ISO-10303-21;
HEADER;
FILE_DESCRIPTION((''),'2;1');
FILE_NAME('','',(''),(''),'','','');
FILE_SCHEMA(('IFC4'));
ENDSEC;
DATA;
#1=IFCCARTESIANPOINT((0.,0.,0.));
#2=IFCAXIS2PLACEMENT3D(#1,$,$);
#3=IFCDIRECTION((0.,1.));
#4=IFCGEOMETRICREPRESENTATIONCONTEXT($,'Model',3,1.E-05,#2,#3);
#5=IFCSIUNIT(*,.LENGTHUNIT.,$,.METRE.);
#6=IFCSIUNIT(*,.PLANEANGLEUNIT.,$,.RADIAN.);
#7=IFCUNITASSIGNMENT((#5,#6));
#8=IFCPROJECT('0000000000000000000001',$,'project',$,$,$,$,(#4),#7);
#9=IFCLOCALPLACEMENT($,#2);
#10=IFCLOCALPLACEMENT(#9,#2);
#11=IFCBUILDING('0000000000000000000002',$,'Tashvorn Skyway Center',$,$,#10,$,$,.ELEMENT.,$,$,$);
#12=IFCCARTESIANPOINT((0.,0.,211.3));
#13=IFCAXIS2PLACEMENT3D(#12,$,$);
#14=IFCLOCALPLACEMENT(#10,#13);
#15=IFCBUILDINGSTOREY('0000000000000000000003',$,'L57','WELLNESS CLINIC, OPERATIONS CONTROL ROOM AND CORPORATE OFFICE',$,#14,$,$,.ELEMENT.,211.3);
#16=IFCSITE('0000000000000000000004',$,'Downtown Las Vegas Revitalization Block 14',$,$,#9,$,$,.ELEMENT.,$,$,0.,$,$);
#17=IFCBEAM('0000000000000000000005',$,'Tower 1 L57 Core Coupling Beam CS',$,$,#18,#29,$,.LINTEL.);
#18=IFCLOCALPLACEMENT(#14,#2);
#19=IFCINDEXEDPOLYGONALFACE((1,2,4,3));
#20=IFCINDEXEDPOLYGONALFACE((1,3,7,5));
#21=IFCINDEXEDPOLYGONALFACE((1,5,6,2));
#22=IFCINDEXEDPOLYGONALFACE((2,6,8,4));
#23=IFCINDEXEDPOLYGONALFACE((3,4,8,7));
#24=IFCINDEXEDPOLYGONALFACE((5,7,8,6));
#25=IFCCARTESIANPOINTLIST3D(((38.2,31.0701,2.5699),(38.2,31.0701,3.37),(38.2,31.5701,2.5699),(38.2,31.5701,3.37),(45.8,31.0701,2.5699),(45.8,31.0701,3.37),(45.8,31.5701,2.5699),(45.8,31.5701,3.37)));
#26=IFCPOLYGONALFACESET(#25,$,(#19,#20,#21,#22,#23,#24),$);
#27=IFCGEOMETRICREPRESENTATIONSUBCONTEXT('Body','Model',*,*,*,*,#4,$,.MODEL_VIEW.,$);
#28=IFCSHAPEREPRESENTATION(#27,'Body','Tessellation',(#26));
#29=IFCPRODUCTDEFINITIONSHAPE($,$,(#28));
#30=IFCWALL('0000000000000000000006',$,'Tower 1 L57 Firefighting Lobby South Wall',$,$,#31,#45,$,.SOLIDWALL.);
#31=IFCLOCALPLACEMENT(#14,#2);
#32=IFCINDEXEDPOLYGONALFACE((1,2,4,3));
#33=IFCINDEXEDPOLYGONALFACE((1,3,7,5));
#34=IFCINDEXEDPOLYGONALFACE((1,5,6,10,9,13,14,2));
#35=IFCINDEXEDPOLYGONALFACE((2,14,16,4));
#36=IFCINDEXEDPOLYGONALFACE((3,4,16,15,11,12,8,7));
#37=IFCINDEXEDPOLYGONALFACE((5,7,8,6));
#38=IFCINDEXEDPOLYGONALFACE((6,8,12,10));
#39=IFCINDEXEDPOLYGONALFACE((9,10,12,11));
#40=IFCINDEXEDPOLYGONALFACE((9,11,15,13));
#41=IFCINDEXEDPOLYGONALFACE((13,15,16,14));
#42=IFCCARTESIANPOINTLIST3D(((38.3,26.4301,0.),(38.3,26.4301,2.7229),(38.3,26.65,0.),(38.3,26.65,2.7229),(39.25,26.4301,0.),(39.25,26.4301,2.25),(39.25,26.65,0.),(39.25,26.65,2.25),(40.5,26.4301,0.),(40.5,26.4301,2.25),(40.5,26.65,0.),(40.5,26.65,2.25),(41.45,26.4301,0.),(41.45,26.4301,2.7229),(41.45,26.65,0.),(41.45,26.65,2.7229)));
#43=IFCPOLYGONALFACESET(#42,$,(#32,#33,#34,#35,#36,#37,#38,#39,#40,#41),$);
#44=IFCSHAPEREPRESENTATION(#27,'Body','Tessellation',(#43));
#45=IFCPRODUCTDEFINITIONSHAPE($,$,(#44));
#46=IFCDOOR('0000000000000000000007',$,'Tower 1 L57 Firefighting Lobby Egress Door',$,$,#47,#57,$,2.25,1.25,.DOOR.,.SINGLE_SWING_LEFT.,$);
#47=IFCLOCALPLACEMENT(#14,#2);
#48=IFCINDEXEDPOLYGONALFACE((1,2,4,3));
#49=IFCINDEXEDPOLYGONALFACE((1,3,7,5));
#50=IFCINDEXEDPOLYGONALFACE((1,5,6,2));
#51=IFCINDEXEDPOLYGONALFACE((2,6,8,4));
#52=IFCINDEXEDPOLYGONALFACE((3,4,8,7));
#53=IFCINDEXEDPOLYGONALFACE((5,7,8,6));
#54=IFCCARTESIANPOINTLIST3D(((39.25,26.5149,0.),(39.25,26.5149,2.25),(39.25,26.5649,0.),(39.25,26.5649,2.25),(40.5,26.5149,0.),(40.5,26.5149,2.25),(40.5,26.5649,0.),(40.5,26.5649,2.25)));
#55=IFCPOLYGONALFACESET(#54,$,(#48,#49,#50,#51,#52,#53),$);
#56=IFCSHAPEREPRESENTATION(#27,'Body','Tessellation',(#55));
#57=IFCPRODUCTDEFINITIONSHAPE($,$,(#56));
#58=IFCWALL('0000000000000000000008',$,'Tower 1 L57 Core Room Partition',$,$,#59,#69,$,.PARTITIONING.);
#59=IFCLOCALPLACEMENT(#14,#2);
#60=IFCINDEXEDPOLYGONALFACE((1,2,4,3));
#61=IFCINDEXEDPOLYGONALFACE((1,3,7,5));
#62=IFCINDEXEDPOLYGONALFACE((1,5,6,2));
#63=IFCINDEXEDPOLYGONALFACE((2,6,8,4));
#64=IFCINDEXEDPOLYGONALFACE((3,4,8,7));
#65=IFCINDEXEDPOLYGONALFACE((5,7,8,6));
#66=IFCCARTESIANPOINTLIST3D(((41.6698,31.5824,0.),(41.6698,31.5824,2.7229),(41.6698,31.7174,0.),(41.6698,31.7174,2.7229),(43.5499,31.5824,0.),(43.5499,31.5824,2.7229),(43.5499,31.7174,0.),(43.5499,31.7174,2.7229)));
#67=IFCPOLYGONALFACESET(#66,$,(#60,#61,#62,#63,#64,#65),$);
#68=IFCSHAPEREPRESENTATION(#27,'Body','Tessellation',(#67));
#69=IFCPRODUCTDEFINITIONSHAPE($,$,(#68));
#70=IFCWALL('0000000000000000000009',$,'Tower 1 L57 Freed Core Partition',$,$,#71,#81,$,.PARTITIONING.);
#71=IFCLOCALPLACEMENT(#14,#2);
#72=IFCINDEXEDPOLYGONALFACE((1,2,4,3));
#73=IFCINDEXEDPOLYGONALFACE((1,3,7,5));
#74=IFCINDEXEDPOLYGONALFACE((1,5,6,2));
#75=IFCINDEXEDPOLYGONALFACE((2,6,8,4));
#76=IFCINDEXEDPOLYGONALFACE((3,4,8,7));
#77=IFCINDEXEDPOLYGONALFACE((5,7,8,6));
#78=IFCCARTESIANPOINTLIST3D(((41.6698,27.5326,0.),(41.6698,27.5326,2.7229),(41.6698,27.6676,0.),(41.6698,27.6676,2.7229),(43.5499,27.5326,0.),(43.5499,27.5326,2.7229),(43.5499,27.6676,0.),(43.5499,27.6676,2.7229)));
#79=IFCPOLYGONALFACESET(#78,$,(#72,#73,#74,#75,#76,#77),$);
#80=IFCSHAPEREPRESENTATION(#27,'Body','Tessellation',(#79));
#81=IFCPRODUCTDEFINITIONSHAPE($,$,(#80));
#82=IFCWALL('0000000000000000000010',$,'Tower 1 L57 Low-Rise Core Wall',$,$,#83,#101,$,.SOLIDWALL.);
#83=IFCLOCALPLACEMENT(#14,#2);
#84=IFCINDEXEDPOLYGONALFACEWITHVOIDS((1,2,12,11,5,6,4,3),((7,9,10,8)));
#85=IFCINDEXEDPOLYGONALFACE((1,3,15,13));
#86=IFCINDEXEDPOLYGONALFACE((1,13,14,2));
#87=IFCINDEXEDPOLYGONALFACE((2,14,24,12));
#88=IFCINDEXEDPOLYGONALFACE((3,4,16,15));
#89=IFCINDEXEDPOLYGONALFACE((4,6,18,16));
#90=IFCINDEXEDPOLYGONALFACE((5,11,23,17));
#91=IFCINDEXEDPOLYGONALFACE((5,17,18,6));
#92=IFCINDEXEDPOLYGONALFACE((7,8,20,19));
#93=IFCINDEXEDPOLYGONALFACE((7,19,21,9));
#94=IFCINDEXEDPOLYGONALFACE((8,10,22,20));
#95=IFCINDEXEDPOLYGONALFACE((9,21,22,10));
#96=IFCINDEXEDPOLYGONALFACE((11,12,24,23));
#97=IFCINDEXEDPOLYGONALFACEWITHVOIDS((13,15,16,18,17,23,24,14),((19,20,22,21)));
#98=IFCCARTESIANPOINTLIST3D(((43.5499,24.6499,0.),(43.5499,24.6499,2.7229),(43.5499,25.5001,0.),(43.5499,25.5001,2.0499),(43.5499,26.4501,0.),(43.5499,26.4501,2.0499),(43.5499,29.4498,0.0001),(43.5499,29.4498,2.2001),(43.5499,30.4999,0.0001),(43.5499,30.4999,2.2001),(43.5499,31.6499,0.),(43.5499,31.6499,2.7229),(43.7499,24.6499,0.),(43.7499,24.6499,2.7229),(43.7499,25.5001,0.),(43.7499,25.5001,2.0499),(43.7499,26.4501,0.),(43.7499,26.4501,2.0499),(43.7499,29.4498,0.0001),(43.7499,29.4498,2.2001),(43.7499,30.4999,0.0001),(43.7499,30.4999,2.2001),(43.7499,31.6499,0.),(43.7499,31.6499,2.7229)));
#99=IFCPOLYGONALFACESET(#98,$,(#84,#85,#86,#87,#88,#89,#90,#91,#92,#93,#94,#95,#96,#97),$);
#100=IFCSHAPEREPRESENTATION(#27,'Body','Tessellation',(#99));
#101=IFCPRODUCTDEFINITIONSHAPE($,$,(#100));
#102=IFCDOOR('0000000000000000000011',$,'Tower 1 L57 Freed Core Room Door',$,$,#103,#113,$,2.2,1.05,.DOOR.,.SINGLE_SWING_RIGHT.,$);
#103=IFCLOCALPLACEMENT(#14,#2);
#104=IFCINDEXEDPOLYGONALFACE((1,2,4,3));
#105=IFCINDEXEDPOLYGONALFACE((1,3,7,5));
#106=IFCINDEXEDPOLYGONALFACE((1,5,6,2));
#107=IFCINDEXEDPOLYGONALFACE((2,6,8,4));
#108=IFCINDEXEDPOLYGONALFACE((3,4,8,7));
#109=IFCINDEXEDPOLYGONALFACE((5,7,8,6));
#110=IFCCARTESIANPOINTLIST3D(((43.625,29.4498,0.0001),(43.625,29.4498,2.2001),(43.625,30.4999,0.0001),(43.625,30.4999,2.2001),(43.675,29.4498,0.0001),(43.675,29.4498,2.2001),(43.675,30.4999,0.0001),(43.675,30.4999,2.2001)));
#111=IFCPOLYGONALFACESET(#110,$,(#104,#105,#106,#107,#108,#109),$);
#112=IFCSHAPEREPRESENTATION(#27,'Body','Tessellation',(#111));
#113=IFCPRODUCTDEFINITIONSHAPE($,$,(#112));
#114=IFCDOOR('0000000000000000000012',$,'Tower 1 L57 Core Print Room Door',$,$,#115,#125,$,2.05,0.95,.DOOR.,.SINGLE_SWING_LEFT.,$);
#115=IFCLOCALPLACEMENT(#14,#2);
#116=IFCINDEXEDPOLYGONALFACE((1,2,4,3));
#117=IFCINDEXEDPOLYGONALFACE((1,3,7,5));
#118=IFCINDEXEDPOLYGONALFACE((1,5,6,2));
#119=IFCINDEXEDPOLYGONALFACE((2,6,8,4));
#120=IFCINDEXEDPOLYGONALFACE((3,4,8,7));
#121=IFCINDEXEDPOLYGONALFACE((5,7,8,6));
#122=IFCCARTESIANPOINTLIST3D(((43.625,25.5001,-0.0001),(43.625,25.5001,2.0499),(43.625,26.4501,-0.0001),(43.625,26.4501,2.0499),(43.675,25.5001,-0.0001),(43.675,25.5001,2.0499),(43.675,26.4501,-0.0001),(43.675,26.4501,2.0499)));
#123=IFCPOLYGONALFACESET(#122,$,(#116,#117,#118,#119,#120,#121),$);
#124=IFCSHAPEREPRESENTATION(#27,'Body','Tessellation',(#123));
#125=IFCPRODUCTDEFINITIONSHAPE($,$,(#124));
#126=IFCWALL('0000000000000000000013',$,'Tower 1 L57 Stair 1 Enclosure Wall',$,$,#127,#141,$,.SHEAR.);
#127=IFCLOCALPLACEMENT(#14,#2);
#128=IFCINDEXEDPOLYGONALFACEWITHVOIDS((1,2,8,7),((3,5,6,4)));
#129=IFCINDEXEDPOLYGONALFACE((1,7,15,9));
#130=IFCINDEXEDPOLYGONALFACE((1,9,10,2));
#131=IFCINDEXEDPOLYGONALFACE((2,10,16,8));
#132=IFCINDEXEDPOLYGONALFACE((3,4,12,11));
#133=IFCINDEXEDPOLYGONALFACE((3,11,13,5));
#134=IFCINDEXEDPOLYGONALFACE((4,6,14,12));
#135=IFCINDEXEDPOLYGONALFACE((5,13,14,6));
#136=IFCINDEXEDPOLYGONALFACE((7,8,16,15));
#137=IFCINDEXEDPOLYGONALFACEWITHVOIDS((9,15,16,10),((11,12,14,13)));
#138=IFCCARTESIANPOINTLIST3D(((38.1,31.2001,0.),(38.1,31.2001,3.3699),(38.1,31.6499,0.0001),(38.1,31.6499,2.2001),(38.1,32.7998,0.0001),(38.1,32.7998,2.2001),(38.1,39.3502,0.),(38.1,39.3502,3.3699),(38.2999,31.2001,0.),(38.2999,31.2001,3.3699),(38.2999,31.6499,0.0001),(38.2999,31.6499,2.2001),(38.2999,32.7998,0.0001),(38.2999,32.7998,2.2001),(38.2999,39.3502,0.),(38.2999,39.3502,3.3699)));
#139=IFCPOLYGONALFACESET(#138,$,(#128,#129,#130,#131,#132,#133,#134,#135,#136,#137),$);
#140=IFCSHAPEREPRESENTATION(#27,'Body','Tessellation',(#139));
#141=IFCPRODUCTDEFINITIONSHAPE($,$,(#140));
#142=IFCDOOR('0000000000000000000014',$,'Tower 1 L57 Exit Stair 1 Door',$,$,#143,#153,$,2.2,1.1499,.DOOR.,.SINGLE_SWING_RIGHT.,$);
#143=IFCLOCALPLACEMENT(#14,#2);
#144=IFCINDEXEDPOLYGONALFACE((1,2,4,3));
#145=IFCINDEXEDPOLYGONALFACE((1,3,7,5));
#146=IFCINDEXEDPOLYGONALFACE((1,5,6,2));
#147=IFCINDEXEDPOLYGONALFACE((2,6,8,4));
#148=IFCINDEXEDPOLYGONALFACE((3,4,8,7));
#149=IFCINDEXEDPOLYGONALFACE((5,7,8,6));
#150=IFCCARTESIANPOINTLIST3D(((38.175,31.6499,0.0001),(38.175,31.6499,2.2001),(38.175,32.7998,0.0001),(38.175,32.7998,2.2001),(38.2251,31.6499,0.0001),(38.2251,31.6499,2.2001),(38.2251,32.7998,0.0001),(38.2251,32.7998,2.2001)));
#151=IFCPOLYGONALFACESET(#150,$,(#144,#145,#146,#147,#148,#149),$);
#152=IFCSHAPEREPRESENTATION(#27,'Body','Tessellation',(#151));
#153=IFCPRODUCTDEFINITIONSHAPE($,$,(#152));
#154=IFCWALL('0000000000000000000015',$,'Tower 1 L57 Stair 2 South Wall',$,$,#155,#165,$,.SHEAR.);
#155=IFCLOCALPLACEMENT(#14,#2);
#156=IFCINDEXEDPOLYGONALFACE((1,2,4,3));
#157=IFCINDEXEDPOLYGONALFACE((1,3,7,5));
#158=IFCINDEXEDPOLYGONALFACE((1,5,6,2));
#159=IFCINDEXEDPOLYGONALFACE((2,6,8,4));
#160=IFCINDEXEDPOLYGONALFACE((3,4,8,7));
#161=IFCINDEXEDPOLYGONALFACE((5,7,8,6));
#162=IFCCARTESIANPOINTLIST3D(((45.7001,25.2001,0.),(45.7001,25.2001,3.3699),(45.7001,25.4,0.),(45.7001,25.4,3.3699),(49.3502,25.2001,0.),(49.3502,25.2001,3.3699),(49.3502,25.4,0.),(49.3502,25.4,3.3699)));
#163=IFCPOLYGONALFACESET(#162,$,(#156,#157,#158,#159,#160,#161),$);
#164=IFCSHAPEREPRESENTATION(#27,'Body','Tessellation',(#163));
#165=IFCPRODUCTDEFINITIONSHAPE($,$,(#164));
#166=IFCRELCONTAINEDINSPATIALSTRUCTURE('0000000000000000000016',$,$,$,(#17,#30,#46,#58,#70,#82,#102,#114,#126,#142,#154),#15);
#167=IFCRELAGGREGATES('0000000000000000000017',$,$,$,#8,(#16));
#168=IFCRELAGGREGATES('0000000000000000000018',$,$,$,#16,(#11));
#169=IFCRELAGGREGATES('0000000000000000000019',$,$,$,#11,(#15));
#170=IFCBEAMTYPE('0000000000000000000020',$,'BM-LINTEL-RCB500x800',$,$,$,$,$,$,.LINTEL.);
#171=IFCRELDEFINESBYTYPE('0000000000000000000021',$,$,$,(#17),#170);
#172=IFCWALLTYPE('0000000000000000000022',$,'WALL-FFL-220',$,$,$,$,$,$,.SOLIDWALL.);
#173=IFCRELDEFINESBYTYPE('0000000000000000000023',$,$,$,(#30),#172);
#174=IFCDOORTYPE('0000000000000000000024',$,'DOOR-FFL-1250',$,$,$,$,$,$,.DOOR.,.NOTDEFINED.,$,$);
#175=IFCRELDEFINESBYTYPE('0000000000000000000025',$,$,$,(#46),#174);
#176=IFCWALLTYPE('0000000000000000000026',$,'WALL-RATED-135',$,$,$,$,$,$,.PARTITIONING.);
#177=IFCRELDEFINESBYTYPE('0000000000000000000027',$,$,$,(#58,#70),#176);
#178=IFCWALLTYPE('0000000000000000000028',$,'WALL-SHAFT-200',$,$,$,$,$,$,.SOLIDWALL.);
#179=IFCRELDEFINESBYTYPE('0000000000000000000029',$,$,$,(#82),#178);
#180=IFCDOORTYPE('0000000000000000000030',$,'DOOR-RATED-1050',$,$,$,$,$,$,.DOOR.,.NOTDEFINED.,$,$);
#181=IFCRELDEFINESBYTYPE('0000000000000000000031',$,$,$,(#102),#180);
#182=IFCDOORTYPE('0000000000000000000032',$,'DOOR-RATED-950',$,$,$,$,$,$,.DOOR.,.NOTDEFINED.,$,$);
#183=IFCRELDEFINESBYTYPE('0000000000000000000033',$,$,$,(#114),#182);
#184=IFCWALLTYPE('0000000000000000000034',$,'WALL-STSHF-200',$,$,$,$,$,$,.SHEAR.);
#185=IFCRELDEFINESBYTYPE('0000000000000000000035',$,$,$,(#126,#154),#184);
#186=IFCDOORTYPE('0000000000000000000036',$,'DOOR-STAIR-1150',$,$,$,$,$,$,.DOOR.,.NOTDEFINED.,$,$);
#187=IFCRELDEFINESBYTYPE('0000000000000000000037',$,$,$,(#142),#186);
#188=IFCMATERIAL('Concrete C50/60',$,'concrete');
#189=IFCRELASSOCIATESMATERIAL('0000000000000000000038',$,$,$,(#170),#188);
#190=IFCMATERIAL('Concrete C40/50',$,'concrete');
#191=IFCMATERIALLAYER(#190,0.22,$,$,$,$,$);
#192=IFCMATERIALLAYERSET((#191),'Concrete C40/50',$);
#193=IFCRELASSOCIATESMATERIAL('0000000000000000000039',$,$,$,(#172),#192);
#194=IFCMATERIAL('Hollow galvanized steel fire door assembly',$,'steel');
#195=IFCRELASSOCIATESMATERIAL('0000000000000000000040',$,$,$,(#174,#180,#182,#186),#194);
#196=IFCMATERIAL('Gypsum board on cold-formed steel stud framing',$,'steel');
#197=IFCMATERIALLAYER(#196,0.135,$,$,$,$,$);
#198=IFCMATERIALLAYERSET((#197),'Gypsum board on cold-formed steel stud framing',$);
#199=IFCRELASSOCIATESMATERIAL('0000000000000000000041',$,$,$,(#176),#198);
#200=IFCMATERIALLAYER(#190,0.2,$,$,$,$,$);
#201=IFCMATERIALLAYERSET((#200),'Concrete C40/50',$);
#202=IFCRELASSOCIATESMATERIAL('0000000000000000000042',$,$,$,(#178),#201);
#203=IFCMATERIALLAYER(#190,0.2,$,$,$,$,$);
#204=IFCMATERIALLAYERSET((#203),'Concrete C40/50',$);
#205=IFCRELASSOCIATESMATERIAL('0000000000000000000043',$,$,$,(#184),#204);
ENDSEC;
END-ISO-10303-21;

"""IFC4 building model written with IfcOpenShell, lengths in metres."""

from ifc_helpers import new_model, si_unit, direction, frame, frame_2d, origin, origin_2d, place, context, subcontext, project, spatial, rectangle, extrude, material, layer, layer_set, material_profile, profile_set, type_object, element, fill, save


model = new_model("IFC4")

# Units and contexts
model_context = context("Model", 3, precision=1e-05, world=origin(), true_north=direction((0.0, 1.0)))
body_context = subcontext(model_context, "Body", "Model", "MODEL_VIEW")
ifc_project = project(units=[si_unit("LENGTHUNIT", "METRE"), si_unit("PLANEANGLEUNIT", "RADIAN")], contexts=[model_context])

# Site, building, storey
site_placement = place(None, origin())
site = spatial("IfcSite", under=ifc_project, at=site_placement, Name="Downtown Las Vegas Revitalization Block 14", CompositionType="ELEMENT", RefElevation=0.0)
building_placement = place(site_placement, origin())
building = spatial("IfcBuilding", under=site, at=building_placement, Name="Tashvorn Skyway Center", CompositionType="ELEMENT")
storey_placement = place(building_placement, frame((0.0, 0.0, 211.3)))
storey = spatial("IfcBuildingStorey", under=building, at=storey_placement, Name="L57", Description="WELLNESS CLINIC, OPERATIONS CONTROL ROOM AND CORPORATE OFFICE", CompositionType="ELEMENT", Elevation=211.3)

# Beam
ifc_material_1 = material(Name="Concrete C50/60", Category="concrete")
ifc_material_profile = material_profile(ifc_material_1, rectangle(XDim=0.5, YDim=0.8, at=origin_2d()), Name="RCB500x800")
ifc_profile_set = profile_set([ifc_material_profile], Name="Concrete C50/60")
beam_type = type_object("IfcBeamType", Name="BM-LINTEL-RCB500x800", PredefinedType="LINTEL", material=ifc_profile_set)
beam_placement = place(storey_placement, frame((38.2, 31.3201, 2.97), z_axis=(1.0, 0.0, 0.0), x_axis=(0.0, 1.0, 0.0)))
element("IfcBeam", 1, at=beam_placement, inside=storey, type_object=beam_type, Name="Tower 1 L57 Core Coupling Beam CS", PredefinedType="LINTEL", context=body_context, shape_type="SweptSolid", body=[
    extrude(rectangle(XDim=0.5, YDim=0.8, at=origin_2d()), origin(), (0.0, 0.0, 1.0), 7.6001),
])

# Wall, opening, door
ifc_material_2 = material(Name="Concrete C40/50", Category="concrete")
ifc_layer_1 = layer(ifc_material_2, 0.22)
ifc_layer_set_1 = layer_set([ifc_layer_1], Name="Concrete C40/50")
wall_type_1 = type_object("IfcWallType", Name="WALL-FFL-220", PredefinedType="SOLIDWALL", material=ifc_layer_set_1)
wall_1_placement = place(storey_placement, frame((38.3, 26.54, 0.0), z_axis=(0.0, 0.0, 1.0), x_axis=(1.0, 0.0, 0.0)))
wall_1 = element("IfcWall", 2, at=wall_1_placement, inside=storey, type_object=wall_type_1, Name="Tower 1 L57 Firefighting Lobby South Wall", PredefinedType="SOLIDWALL", context=body_context, shape_type="SweptSolid", body=[
    extrude(rectangle(XDim=3.1499, YDim=0.22, at=frame_2d((1.575, 0.0))), origin(), (0.0, 0.0, 1.0), 2.7229),
])
opening_1_placement = place(wall_1_placement, frame((0.95, 0.0, 0.0)))
opening_1 = element("IfcOpeningElement", 3, at=opening_1_placement, cuts=wall_1, PredefinedType="OPENING", context=body_context, shape_type="SweptSolid", body=[
    extrude(rectangle(XDim=1.25, YDim=2.25, at=frame_2d((0.625, 1.125))), frame((0.0, 0.1199, 0.0), z_axis=(0.0, -1.0, 0.0), x_axis=(1.0, 0.0, 0.0)), (0.0, 0.0, 1.0), 0.24),
])
ifc_material_3 = material(Name="Hollow galvanized steel fire door assembly", Category="steel")
door_type_1 = type_object("IfcDoorType", Name="DOOR-FFL-1250", OperationType="NOTDEFINED", PredefinedType="DOOR", material=ifc_material_3)
door_1_placement = place(opening_1_placement, origin())
door_1 = element("IfcDoor", 4, at=door_1_placement, inside=storey, type_object=door_type_1, Name="Tower 1 L57 Firefighting Lobby Egress Door", OperationType="SINGLE_SWING_LEFT", OverallHeight=2.25, OverallWidth=1.25, PredefinedType="DOOR", context=body_context, shape_type="SweptSolid", body=[
    extrude(rectangle(XDim=1.25, YDim=2.25, at=frame_2d((0.625, 1.125))), frame((0.0, 0.0249, 0.0), z_axis=(0.0, -1.0, 0.0), x_axis=(1.0, 0.0, 0.0)), (0.0, 0.0, 1.0), 0.05),
])
fill(opening_1, door_1)

# Walls
ifc_material_4 = material(Name="Gypsum board on cold-formed steel stud framing", Category="steel")
ifc_layer_2 = layer(ifc_material_4, 0.135)
ifc_layer_set_2 = layer_set([ifc_layer_2], Name="Gypsum board on cold-formed steel stud framing")
wall_type_2 = type_object("IfcWallType", Name="WALL-RATED-135", PredefinedType="PARTITIONING", material=ifc_layer_set_2)
for number, where, z_axis, x_axis, name in (
    (5, (41.6699, 31.6499, 0.0), (0.0, 0.0, 1.0), (1.0, 0.0, 0.0), "Tower 1 L57 Core Room Partition"),
    (6, (41.6699, 27.6001, 0.0), (0.0, 0.0, 1.0), (1.0, 0.0, 0.0), "Tower 1 L57 Freed Core Partition"),
):
    element("IfcWall", number, at=place(storey_placement, frame(where, z_axis=z_axis, x_axis=x_axis)), inside=storey, type_object=wall_type_2, Name=name, PredefinedType="PARTITIONING", context=body_context, shape_type="SweptSolid", body=[
        extrude(rectangle(XDim=1.8801, YDim=0.135, at=frame_2d((0.9399, 0.0))), origin(), (0.0, 0.0, 1.0), 2.7229),
    ])

# Wall, openings, doors
ifc_layer_3 = layer(ifc_material_2, 0.2)
ifc_layer_set_3 = layer_set([ifc_layer_3], Name="Concrete C40/50")
wall_type_3 = type_object("IfcWallType", Name="WALL-SHAFT-200", PredefinedType="SOLIDWALL", material=ifc_layer_set_3)
wall_2_placement = place(storey_placement, frame((43.6499, 24.6499, 0.0), z_axis=(0.0, 0.0, 1.0), x_axis=(0.0, 1.0, 0.0)))
wall_2 = element("IfcWall", 7, at=wall_2_placement, inside=storey, type_object=wall_type_3, Name="Tower 1 L57 Low-Rise Core Wall", PredefinedType="SOLIDWALL", context=body_context, shape_type="SweptSolid", body=[
    extrude(rectangle(XDim=7.0, YDim=0.2, at=frame_2d((3.5, 0.0))), origin(), (0.0, 0.0, 1.0), 2.7229),
])
opening_2_placement = place(wall_2_placement, frame((0.8501, 0.0, 0.0)))
opening_2 = element("IfcOpeningElement", 8, at=opening_2_placement, cuts=wall_2, PredefinedType="OPENING", context=body_context, shape_type="SweptSolid", body=[
    extrude(rectangle(XDim=0.95, YDim=2.05, at=frame_2d((0.4751, 1.0249))), frame((0.0, 0.1099, 0.0), z_axis=(0.0, -1.0, 0.0), x_axis=(1.0, 0.0, 0.0)), (0.0, 0.0, 1.0), 0.22),
])
opening_3_placement = place(wall_2_placement, frame((4.8, 0.0, 0.0)))
opening_3 = element("IfcOpeningElement", 9, at=opening_3_placement, cuts=wall_2, PredefinedType="OPENING", context=body_context, shape_type="SweptSolid", body=[
    extrude(rectangle(XDim=1.05, YDim=2.2, at=frame_2d((0.5249, 1.1001))), frame((0.0, 0.1099, 0.0), z_axis=(0.0, -1.0, 0.0), x_axis=(1.0, 0.0, 0.0)), (0.0, 0.0, 1.0), 0.22),
])
door_type_2 = type_object("IfcDoorType", Name="DOOR-RATED-1050", OperationType="NOTDEFINED", PredefinedType="DOOR", material=ifc_material_3)
door_2_placement = place(opening_3_placement, origin())
door_2 = element("IfcDoor", 10, at=door_2_placement, inside=storey, type_object=door_type_2, Name="Tower 1 L57 Freed Core Room Door", OperationType="SINGLE_SWING_RIGHT", OverallHeight=2.2, OverallWidth=1.05, PredefinedType="DOOR", context=body_context, shape_type="SweptSolid", body=[
    extrude(rectangle(XDim=1.05, YDim=2.2, at=frame_2d((0.5249, 1.1001))), frame((0.0, 0.0249, 0.0), z_axis=(0.0, -1.0, 0.0), x_axis=(1.0, 0.0, 0.0)), (0.0, 0.0, 1.0), 0.05),
])
fill(opening_3, door_2)
door_type_3 = type_object("IfcDoorType", Name="DOOR-RATED-950", OperationType="NOTDEFINED", PredefinedType="DOOR", material=ifc_material_3)
door_3_placement = place(opening_2_placement, origin())
door_3 = element("IfcDoor", 11, at=door_3_placement, inside=storey, type_object=door_type_3, Name="Tower 1 L57 Core Print Room Door", OperationType="SINGLE_SWING_LEFT", OverallHeight=2.05, OverallWidth=0.95, PredefinedType="DOOR", context=body_context, shape_type="SweptSolid", body=[
    extrude(rectangle(XDim=0.95, YDim=2.05, at=frame_2d((0.4751, 1.0249))), frame((0.0, 0.0249, 0.0), z_axis=(0.0, -1.0, 0.0), x_axis=(1.0, 0.0, 0.0)), (0.0, 0.0, 1.0), 0.05),
])
fill(opening_2, door_3)

# Wall, opening, door
ifc_layer_4 = layer(ifc_material_2, 0.2)
ifc_layer_set_4 = layer_set([ifc_layer_4], Name="Concrete C40/50")
wall_type_4 = type_object("IfcWallType", Name="WALL-STSHF-200", PredefinedType="SHEAR", material=ifc_layer_set_4)
wall_3_placement = place(storey_placement, frame((38.2, 31.2, 0.0), z_axis=(0.0, 0.0, 1.0), x_axis=(0.0, 1.0, 0.0)))
wall_3 = element("IfcWall", 12, at=wall_3_placement, inside=storey, type_object=wall_type_4, Name="Tower 1 L57 Stair 1 Enclosure Wall", PredefinedType="SHEAR", context=body_context, shape_type="SweptSolid", body=[
    extrude(rectangle(XDim=8.1501, YDim=0.2, at=frame_2d((4.0752, 0.0))), origin(), (0.0, 0.0, 1.0), 3.3699),
])
opening_4_placement = place(wall_3_placement, frame((0.45, 0.0, 0.0)))
opening_4 = element("IfcOpeningElement", 13, at=opening_4_placement, cuts=wall_3, PredefinedType="OPENING", context=body_context, shape_type="SweptSolid", body=[
    extrude(rectangle(XDim=1.1499, YDim=2.2, at=frame_2d((0.575, 1.1001))), frame((0.0, 0.1099, 0.0), z_axis=(0.0, -1.0, 0.0), x_axis=(1.0, 0.0, 0.0)), (0.0, 0.0, 1.0), 0.22),
])
door_type_4 = type_object("IfcDoorType", Name="DOOR-STAIR-1150", OperationType="NOTDEFINED", PredefinedType="DOOR", material=ifc_material_3)
door_4_placement = place(opening_4_placement, origin())
door_4 = element("IfcDoor", 14, at=door_4_placement, inside=storey, type_object=door_type_4, Name="Tower 1 L57 Exit Stair 1 Door", OperationType="SINGLE_SWING_RIGHT", OverallHeight=2.2, OverallWidth=1.1499, PredefinedType="DOOR", context=body_context, shape_type="SweptSolid", body=[
    extrude(rectangle(XDim=1.1499, YDim=2.2, at=frame_2d((0.575, 1.1001))), frame((0.0, 0.0249, 0.0), z_axis=(0.0, -1.0, 0.0), x_axis=(1.0, 0.0, 0.0)), (0.0, 0.0, 1.0), 0.05),
])
fill(opening_4, door_4)

# Wall
wall_4_placement = place(storey_placement, frame((45.7, 25.3, 0.0), z_axis=(0.0, 0.0, 1.0), x_axis=(1.0, 0.0, 0.0)))
element("IfcWall", 15, at=wall_4_placement, inside=storey, type_object=wall_type_4, Name="Tower 1 L57 Stair 2 South Wall", PredefinedType="SHEAR", context=body_context, shape_type="SweptSolid", body=[
    extrude(rectangle(XDim=3.6501, YDim=0.2, at=frame_2d((1.8252, 0.0))), origin(), (0.0, 0.0, 1.0), 3.3699),
])

save(model, "model.ifc")
